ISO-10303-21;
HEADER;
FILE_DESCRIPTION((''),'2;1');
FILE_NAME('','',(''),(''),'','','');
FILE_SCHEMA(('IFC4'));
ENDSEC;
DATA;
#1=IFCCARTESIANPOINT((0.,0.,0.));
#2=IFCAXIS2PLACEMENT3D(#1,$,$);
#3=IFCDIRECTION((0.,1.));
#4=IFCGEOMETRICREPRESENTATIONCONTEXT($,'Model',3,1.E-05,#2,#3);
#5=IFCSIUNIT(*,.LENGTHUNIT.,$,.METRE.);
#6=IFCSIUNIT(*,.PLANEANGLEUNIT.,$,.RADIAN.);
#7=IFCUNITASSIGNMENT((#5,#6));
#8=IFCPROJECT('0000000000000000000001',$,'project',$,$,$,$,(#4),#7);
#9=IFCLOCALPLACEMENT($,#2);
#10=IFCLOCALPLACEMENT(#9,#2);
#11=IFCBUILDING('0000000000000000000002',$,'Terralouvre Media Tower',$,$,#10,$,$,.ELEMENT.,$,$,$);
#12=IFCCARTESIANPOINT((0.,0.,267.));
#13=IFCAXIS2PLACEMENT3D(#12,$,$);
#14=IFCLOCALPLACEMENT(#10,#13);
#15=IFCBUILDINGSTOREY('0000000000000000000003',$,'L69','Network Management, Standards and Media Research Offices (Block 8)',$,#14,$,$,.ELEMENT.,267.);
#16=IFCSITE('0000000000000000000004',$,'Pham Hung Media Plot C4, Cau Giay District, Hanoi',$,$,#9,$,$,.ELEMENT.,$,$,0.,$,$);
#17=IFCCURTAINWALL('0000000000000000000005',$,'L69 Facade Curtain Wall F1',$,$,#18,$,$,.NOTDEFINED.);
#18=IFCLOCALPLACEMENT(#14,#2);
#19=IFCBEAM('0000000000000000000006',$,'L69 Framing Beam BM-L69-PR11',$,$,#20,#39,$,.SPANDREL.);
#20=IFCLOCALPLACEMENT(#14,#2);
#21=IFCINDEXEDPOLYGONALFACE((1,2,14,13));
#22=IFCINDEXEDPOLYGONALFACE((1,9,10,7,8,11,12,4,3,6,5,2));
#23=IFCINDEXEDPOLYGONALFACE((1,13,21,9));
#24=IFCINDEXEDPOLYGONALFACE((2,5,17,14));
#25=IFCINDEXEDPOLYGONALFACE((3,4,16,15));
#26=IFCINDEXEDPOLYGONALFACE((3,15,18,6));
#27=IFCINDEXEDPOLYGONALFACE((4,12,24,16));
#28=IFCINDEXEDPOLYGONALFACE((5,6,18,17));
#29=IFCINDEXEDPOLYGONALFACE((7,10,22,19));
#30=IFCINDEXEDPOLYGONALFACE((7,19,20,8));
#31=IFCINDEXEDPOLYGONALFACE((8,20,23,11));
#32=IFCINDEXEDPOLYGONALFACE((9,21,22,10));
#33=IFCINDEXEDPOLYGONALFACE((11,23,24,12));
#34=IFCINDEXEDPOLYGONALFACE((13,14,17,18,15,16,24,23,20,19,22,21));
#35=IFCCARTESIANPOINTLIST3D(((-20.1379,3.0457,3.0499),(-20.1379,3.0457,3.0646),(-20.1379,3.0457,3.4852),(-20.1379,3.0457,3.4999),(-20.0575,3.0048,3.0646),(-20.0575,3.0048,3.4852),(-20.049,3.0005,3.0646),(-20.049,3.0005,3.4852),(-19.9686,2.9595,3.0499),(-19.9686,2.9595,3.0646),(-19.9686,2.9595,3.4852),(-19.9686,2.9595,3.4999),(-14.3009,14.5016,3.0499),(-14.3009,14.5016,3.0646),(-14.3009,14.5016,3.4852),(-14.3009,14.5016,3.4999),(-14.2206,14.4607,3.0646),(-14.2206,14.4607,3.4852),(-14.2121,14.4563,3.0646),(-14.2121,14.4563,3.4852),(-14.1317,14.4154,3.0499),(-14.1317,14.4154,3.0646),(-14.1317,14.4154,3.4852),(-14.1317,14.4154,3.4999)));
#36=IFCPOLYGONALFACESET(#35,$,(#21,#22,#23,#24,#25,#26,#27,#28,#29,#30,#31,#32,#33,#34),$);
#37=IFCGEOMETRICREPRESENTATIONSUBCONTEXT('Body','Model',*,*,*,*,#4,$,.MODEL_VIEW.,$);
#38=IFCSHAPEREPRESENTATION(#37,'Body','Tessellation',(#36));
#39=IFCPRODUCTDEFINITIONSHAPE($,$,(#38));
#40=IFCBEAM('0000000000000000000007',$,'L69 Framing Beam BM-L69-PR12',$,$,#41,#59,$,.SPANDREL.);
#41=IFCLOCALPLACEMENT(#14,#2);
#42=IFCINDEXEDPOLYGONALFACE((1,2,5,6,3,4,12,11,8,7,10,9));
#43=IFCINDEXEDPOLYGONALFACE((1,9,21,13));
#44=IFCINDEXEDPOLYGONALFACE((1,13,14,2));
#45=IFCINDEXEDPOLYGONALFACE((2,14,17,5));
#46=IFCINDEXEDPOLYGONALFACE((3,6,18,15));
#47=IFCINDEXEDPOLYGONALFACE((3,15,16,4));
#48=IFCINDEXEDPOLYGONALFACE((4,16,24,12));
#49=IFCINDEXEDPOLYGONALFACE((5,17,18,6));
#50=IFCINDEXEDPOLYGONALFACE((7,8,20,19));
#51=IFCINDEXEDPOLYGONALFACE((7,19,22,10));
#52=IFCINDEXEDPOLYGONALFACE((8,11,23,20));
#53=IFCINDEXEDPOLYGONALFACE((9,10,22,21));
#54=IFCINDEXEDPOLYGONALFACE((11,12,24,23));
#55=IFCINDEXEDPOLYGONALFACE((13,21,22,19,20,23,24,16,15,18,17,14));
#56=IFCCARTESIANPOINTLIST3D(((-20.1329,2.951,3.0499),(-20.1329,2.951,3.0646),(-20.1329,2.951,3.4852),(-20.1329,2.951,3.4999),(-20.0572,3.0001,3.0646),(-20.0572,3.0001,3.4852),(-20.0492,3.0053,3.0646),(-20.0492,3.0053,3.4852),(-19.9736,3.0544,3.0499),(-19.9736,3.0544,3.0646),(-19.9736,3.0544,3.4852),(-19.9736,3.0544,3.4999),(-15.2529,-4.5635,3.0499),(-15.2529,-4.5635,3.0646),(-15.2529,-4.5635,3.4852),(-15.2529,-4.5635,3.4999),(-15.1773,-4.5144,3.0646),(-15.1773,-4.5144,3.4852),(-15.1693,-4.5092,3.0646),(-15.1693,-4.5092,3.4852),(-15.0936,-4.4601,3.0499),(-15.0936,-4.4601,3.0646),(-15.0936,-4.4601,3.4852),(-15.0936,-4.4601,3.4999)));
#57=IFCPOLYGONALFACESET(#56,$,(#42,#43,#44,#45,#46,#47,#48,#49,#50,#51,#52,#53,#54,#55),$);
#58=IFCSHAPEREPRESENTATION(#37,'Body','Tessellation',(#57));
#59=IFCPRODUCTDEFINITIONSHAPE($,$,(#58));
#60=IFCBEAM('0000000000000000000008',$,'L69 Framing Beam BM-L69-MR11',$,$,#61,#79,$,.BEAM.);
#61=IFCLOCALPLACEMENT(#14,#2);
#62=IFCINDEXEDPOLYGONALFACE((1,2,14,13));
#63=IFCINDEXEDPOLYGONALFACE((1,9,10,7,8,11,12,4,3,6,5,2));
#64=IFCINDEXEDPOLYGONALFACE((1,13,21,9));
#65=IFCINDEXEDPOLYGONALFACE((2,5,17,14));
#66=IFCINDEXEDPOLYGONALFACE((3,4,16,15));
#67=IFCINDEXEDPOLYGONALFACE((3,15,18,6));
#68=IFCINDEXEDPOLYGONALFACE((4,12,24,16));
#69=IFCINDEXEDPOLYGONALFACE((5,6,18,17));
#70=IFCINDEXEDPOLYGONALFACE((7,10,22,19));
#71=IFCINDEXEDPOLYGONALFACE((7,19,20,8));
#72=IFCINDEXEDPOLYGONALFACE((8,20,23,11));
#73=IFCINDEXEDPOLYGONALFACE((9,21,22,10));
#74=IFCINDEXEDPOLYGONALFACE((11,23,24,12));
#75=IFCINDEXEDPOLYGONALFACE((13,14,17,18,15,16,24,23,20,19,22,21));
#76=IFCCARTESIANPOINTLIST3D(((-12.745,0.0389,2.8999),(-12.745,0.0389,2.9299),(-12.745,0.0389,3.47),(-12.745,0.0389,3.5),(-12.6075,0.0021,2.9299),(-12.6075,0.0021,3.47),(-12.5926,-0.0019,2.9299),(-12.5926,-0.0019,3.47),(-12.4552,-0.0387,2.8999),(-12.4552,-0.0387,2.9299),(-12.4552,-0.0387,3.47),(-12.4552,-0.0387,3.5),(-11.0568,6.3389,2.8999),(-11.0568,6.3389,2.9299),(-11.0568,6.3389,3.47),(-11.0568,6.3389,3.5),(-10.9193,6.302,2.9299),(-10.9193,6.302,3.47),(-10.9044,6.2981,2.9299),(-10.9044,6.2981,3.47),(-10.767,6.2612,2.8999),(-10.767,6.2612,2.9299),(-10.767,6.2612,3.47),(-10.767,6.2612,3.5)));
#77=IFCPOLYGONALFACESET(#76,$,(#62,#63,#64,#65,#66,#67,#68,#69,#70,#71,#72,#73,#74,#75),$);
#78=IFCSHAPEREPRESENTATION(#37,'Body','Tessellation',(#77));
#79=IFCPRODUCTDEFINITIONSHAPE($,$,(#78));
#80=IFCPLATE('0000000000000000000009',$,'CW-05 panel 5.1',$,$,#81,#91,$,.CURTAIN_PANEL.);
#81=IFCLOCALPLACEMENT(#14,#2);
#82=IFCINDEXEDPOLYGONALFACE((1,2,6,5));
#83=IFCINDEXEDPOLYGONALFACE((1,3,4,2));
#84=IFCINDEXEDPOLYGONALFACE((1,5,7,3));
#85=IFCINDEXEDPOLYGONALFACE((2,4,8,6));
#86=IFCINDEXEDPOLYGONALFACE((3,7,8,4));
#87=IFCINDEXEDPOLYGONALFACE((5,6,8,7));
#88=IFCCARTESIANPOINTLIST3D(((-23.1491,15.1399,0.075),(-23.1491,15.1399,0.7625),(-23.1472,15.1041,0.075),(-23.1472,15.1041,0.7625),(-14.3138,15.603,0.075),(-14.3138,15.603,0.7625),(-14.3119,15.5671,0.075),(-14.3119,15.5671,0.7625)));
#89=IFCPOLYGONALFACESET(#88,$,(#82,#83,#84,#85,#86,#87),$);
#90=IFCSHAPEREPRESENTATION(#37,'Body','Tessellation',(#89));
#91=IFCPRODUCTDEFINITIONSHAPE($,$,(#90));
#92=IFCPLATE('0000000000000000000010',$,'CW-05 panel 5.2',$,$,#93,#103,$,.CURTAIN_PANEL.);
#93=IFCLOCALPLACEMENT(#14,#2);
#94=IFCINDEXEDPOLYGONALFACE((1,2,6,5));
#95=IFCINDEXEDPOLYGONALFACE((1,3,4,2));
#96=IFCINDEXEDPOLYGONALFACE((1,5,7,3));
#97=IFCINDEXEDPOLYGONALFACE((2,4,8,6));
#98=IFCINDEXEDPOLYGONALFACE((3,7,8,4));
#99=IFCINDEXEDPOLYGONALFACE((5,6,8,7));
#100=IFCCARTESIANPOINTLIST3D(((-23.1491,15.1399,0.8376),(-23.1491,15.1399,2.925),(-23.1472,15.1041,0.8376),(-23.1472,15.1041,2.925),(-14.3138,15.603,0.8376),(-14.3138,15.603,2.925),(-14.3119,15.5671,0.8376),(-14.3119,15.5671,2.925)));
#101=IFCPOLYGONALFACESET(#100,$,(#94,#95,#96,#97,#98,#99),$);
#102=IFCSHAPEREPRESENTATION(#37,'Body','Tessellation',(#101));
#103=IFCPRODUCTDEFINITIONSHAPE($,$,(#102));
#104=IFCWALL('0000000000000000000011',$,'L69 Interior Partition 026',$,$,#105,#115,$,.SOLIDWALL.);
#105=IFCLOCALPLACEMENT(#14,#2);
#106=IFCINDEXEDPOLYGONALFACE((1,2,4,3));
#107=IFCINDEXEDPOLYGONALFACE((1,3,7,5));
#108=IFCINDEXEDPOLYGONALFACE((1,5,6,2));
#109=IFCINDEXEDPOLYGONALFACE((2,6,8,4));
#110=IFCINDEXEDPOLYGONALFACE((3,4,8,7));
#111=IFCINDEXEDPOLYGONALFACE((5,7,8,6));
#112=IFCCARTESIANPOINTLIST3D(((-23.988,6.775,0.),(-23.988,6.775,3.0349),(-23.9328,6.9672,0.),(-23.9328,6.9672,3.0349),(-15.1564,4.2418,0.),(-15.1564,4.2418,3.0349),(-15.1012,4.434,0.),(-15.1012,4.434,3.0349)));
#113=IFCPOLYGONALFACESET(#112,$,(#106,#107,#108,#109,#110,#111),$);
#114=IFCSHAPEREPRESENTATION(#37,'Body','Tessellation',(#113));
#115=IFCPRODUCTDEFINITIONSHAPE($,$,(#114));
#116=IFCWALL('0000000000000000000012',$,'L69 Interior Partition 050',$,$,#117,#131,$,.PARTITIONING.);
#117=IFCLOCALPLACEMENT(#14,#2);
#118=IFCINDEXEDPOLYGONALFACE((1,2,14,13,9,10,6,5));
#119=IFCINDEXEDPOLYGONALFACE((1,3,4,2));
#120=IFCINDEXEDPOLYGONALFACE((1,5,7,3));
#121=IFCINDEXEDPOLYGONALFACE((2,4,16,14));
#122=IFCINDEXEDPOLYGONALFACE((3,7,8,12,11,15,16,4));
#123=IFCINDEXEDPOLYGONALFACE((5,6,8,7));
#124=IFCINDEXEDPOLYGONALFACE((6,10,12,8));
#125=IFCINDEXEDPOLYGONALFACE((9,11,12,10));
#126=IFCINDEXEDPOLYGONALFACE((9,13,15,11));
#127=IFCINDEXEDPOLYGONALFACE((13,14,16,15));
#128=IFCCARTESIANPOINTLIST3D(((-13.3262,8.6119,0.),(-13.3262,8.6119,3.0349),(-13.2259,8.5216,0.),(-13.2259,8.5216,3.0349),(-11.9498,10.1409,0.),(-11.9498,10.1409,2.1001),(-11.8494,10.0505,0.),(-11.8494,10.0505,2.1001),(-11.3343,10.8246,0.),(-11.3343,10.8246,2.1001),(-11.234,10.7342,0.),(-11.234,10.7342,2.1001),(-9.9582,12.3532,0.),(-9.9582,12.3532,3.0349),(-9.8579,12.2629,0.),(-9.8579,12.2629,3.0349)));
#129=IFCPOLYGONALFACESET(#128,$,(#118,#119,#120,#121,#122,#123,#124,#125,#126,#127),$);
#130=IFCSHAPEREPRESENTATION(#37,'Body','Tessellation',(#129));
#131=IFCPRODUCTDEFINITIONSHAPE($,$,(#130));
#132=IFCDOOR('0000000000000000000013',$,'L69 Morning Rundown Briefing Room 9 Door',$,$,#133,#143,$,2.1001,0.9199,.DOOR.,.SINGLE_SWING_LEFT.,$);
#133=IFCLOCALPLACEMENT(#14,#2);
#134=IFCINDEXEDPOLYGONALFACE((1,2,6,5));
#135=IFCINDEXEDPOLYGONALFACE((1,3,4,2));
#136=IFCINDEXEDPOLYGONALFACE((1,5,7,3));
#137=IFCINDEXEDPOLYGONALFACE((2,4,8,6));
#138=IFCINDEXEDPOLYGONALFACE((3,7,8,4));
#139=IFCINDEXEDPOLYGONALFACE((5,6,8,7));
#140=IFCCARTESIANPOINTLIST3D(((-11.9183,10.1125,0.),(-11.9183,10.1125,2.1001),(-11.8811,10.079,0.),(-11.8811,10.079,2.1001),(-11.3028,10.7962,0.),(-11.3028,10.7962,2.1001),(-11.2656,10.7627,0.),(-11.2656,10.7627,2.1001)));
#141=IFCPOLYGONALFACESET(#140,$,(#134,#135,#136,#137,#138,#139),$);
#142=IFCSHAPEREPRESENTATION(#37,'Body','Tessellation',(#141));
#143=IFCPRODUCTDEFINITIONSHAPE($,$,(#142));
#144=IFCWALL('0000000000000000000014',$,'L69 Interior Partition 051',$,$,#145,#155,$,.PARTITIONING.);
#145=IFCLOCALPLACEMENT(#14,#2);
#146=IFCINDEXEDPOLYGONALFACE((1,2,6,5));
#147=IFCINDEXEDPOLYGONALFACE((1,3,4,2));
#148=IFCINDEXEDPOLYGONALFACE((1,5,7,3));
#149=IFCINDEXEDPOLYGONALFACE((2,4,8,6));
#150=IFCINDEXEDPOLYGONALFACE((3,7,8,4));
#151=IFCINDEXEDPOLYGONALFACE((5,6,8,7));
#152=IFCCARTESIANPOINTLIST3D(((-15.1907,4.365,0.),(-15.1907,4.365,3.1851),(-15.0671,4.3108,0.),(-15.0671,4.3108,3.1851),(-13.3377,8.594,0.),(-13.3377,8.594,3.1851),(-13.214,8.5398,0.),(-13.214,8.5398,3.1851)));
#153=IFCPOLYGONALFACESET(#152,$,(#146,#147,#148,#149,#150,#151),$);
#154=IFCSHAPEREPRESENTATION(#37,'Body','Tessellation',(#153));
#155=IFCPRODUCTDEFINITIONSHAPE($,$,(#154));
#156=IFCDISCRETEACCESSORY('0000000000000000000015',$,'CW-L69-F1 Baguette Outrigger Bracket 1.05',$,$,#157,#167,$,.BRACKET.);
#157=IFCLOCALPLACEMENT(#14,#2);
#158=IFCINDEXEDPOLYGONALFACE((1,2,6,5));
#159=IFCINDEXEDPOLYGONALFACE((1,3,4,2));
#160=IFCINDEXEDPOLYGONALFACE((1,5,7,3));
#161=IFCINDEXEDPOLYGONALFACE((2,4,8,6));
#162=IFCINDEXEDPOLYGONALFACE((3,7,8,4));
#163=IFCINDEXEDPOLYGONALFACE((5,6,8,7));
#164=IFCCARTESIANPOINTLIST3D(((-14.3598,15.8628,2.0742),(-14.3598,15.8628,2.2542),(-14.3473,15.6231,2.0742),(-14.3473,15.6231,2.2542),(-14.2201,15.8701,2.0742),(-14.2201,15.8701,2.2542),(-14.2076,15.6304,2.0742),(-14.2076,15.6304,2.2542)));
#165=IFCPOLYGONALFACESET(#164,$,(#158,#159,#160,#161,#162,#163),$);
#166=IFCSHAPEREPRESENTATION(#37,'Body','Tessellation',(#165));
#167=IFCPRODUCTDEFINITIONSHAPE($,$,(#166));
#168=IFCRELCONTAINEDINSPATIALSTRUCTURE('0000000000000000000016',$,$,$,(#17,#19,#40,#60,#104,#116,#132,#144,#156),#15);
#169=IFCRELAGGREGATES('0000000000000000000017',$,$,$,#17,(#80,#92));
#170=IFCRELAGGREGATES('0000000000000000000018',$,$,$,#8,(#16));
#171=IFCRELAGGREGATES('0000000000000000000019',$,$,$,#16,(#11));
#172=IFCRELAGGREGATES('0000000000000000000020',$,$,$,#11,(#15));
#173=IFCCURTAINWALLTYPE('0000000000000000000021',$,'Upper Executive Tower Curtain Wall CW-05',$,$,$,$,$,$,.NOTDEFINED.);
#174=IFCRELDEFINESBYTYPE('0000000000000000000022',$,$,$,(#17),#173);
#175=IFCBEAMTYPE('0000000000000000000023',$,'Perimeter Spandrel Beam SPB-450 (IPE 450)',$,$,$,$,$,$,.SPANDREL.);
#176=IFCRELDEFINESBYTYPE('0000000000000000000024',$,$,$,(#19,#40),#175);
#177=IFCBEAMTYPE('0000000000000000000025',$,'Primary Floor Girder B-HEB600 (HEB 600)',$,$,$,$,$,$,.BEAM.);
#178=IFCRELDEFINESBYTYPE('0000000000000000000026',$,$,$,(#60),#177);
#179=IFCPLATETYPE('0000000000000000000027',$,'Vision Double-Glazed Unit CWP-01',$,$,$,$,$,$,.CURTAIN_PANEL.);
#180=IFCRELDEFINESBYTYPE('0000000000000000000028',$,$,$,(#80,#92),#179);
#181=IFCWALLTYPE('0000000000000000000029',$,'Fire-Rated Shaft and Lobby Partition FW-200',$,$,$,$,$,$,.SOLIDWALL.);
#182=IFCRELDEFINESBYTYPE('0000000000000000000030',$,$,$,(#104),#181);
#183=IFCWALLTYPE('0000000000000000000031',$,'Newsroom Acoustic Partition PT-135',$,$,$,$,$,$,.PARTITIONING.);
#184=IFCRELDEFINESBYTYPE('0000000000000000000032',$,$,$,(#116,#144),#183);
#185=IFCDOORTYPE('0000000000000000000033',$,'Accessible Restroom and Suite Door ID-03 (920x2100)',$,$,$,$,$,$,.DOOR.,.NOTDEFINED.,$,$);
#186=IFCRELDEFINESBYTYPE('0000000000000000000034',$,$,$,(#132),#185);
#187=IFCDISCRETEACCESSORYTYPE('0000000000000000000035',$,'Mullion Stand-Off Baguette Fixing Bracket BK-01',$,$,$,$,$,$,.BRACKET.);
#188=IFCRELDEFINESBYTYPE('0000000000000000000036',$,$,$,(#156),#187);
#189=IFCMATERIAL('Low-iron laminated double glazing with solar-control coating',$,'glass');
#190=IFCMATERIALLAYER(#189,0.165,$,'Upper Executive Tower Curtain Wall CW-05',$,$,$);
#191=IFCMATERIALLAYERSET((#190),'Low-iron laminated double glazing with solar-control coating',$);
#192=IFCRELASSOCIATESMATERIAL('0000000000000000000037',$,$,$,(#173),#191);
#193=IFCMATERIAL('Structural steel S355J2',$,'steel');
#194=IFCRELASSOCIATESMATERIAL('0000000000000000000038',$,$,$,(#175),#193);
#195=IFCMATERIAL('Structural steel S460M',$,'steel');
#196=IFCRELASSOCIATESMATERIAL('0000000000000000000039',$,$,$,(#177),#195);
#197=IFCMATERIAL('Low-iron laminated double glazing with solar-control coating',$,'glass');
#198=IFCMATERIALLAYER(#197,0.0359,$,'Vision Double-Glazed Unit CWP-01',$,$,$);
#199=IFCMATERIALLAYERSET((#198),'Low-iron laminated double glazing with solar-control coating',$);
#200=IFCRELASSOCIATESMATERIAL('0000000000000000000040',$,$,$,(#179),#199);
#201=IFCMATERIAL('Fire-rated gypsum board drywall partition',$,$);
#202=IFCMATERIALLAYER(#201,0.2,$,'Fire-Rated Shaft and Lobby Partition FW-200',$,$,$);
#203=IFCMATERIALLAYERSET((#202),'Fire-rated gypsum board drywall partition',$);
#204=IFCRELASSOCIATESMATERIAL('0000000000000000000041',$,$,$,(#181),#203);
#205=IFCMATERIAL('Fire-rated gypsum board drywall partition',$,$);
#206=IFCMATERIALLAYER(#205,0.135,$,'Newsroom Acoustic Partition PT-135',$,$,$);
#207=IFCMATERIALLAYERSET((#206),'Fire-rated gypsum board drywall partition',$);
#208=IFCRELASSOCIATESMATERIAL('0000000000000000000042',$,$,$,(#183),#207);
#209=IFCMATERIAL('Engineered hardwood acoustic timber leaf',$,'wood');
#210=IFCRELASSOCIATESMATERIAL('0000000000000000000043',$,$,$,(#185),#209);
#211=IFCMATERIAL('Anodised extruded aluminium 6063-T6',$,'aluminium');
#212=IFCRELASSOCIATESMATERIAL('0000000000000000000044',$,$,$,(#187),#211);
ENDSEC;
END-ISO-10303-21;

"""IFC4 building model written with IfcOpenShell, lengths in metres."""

from ifc_helpers import new_model, si_unit, direction, frame, frame_2d, origin, origin_2d, place, context, subcontext, project, spatial, rectangle, i_section, extrude, material, layer, layer_set, material_profile, profile_set, type_object, element, fill, aggregate, save


model = new_model("IFC4")

# Units and contexts
model_context = context("Model", 3, precision=1e-05, world=origin(), true_north=direction((0.0, 1.0)))
body_context = subcontext(model_context, "Body", "Model", "MODEL_VIEW")
ifc_project = project(units=[si_unit("LENGTHUNIT", "METRE"), si_unit("PLANEANGLEUNIT", "RADIAN")], contexts=[model_context])

# Site, building, storey
site_placement = place(None, origin())
site = spatial("IfcSite", under=ifc_project, at=site_placement, Name="Pham Hung Media Plot C4, Cau Giay District, Hanoi", CompositionType="ELEMENT", RefElevation=0.0)
building_placement = place(site_placement, origin())
building = spatial("IfcBuilding", under=site, at=building_placement, Name="Terralouvre Media Tower", CompositionType="ELEMENT")
storey_placement = place(building_placement, frame((0.0, 0.0, 267.0)))
storey = spatial("IfcBuildingStorey", under=building, at=storey_placement, Name="L69", Description="Network Management, Standards and Media Research Offices (Block 8)", CompositionType="ELEMENT", Elevation=267.0)

# Curtain wall
ifc_material_1 = material(Name="Low-iron laminated double glazing with solar-control coating", Category="glass")
ifc_layer_1 = layer(ifc_material_1, 0.165, Name="Upper Executive Tower Curtain Wall CW-05")
ifc_layer_set_1 = layer_set([ifc_layer_1], Name="Low-iron laminated double glazing with solar-control coating")
curtain_wall_type = type_object("IfcCurtainWallType", Name="Upper Executive Tower Curtain Wall CW-05", PredefinedType="NOTDEFINED", material=ifc_layer_set_1)
curtain_wall_1_placement = place(storey_placement, origin())
curtain_wall_1 = element("IfcCurtainWall", 1, at=curtain_wall_1_placement, inside=storey, type_object=curtain_wall_type, Name="L69 Facade Curtain Wall F1", PredefinedType="NOTDEFINED")

# Beams
ifc_material_2 = material(Name="Structural steel S355J2", Category="steel")
ifc_material_profile_1 = material_profile(ifc_material_2, i_section(OverallWidth=0.1899, OverallDepth=0.45, WebThickness=0.0095, FlangeThickness=0.0146, at=origin_2d()), Name="IPE 450")
ifc_profile_set_1 = profile_set([ifc_material_profile_1], Name="Structural steel S355J2")
beam_type_1 = type_object("IfcBeamType", Name="Perimeter Spandrel Beam SPB-450 (IPE 450)", PredefinedType="SPANDREL", material=ifc_profile_set_1)
beam_1_placement = place(storey_placement, frame((-14.2163, 14.4585, 3.2749), z_axis=(-0.453984, -0.89101, 0.0), x_axis=(0.89101, -0.453984, 0.0)))
element("IfcBeam", 2, at=beam_1_placement, inside=storey, type_object=beam_type_1, Name="L69 Framing Beam BM-L69-PR11", PredefinedType="SPANDREL", context=body_context, shape_type="SweptSolid", body=[
    extrude(i_section(OverallWidth=0.1899, OverallDepth=0.45, WebThickness=0.0095, FlangeThickness=0.0146, at=origin_2d()), origin(), (0.0, 0.0, 1.0), 12.8572),
])
beam_2_placement = place(storey_placement, frame((-20.0532, 3.0027, 3.2749), z_axis=(0.544637, -0.838672, 0.0), x_axis=(0.838672, 0.544637, 0.0)))
element("IfcBeam", 3, at=beam_2_placement, inside=storey, type_object=beam_type_1, Name="L69 Framing Beam BM-L69-PR12", PredefinedType="SPANDREL", context=body_context, shape_type="SweptSolid", body=[
    extrude(i_section(OverallWidth=0.1899, OverallDepth=0.45, WebThickness=0.0095, FlangeThickness=0.0146, at=origin_2d()), origin(), (0.0, 0.0, 1.0), 8.96),
])
ifc_material_3 = material(Name="Structural steel S460M", Category="steel")
ifc_material_profile_2 = material_profile(ifc_material_3, i_section(OverallWidth=0.3, OverallDepth=0.6001, WebThickness=0.0154, FlangeThickness=0.03, at=origin_2d()), Name="HEB 600")
ifc_profile_set_2 = profile_set([ifc_material_profile_2], Name="Structural steel S460M")
beam_type_2 = type_object("IfcBeamType", Name="Primary Floor Girder B-HEB600 (HEB 600)", PredefinedType="BEAM", material=ifc_profile_set_2)
beam_3_placement = place(storey_placement, frame((-10.9119, 6.3, 3.2), z_axis=(-0.258839, -0.96592, 0.0), x_axis=(0.96592, -0.258839, 0.0)))
element("IfcBeam", 4, at=beam_3_placement, inside=storey, type_object=beam_type_2, Name="L69 Framing Beam BM-L69-MR11", PredefinedType="BEAM", context=body_context, shape_type="SweptSolid", body=[
    extrude(i_section(OverallWidth=0.3, OverallDepth=0.6001, WebThickness=0.0154, FlangeThickness=0.03, at=origin_2d()), origin(), (0.0, 0.0, 1.0), 6.5222),
])

# Plates
ifc_material_4 = material(Name="Low-iron laminated double glazing with solar-control coating", Category="glass")
ifc_layer_2 = layer(ifc_material_4, 0.0359, Name="Vision Double-Glazed Unit CWP-01")
ifc_layer_set_2 = layer_set([ifc_layer_2], Name="Low-iron laminated double glazing with solar-control coating")
plate_type = type_object("IfcPlateType", Name="Vision Double-Glazed Unit CWP-01", PredefinedType="CURTAIN_PANEL", material=ifc_layer_set_2)
plate_1_placement = place(storey_placement, frame((-18.7305, 15.3535, 0.075), z_axis=(0.0, 0.0, 1.0), x_axis=(-0.99863, -0.052336, 0.0)))
plate_1 = element("IfcPlate", 5, at=plate_1_placement, type_object=plate_type, Name="CW-05 panel 5.1", PredefinedType="CURTAIN_PANEL", context=body_context, shape_type="SweptSolid", body=[
    extrude(rectangle(XDim=8.8474, YDim=0.0359, at=origin_2d()), origin(), (0.0, 0.0, 1.0), 0.6875),
])
plate_2_placement = place(storey_placement, frame((-18.7305, 15.3535, 0.8376), z_axis=(0.0, 0.0, 1.0), x_axis=(-0.99863, -0.052336, 0.0)))
plate_2 = element("IfcPlate", 6, at=plate_2_placement, type_object=plate_type, Name="CW-05 panel 5.2", PredefinedType="CURTAIN_PANEL", context=body_context, shape_type="SweptSolid", body=[
    extrude(rectangle(XDim=8.8474, YDim=0.0359, at=origin_2d()), origin(), (0.0, 0.0, 1.0), 2.0874),
])
aggregate(curtain_wall_1, [plate_1, plate_2])

# Wall
ifc_material_5 = material(Name="Fire-rated gypsum board drywall partition")
ifc_layer_3 = layer(ifc_material_5, 0.2, Name="Fire-Rated Shaft and Lobby Partition FW-200")
ifc_layer_set_3 = layer_set([ifc_layer_3], Name="Fire-rated gypsum board drywall partition")
wall_type_1 = type_object("IfcWallType", Name="Fire-Rated Shaft and Lobby Partition FW-200", PredefinedType="SOLIDWALL", material=ifc_layer_set_3)
wall_1_placement = place(storey_placement, frame((-15.1289, 4.3379, 0.0), z_axis=(0.0, 0.0, 1.0), x_axis=(-0.961239, 0.275718, 0.0)))
element("IfcWall", 7, at=wall_1_placement, inside=storey, type_object=wall_type_1, Name="L69 Interior Partition 026", PredefinedType="SOLIDWALL", context=body_context, shape_type="SweptSolid", body=[
    extrude(rectangle(XDim=9.1877, YDim=0.2, at=frame_2d((4.5938, 0.0))), origin(), (0.0, 0.0, 1.0), 3.0349),
])

# Wall, opening, door
ifc_material_6 = material(Name="Fire-rated gypsum board drywall partition")
ifc_layer_4 = layer(ifc_material_6, 0.135, Name="Newsroom Acoustic Partition PT-135")
ifc_layer_set_4 = layer_set([ifc_layer_4], Name="Fire-rated gypsum board drywall partition")
wall_type_2 = type_object("IfcWallType", Name="Newsroom Acoustic Partition PT-135", PredefinedType="PARTITIONING", material=ifc_layer_set_4)
wall_2_placement = place(storey_placement, frame((-9.908, 12.3081, 0.0), z_axis=(0.0, 0.0, 1.0), x_axis=(-0.669056, -0.743212, 0.0)))
wall_2 = element("IfcWall", 8, at=wall_2_placement, inside=storey, type_object=wall_type_2, Name="L69 Interior Partition 050", PredefinedType="PARTITIONING", context=body_context, shape_type="SweptSolid", body=[
    extrude(rectangle(XDim=5.0339, YDim=0.135, at=frame_2d((2.5171, 0.0))), origin(), (0.0, 0.0, 1.0), 3.0349),
])
opening_placement = place(wall_2_placement, frame((2.0569, 0.0, 0.0)))
opening = element("IfcOpeningElement", 9, at=opening_placement, cuts=wall_2, PredefinedType="OPENING", context=body_context, shape_type="SweptSolid", body=[
    extrude(rectangle(XDim=0.9199, YDim=2.1001, at=frame_2d((0.46, 1.05))), frame((0.0, 0.0774, 0.0), z_axis=(0.0, -1.0, 0.0), x_axis=(1.0, 0.0, 0.0)), (0.0, 0.0, 1.0), 0.155),
])
ifc_material_7 = material(Name="Engineered hardwood acoustic timber leaf", Category="wood")
door_type = type_object("IfcDoorType", Name="Accessible Restroom and Suite Door ID-03 (920x2100)", OperationType="NOTDEFINED", PredefinedType="DOOR", material=ifc_material_7)
door_placement = place(opening_placement, origin())
door = element("IfcDoor", 10, at=door_placement, inside=storey, type_object=door_type, Name="L69 Morning Rundown Briefing Room 9 Door", OperationType="SINGLE_SWING_LEFT", OverallHeight=2.1001, OverallWidth=0.9199, PredefinedType="DOOR", context=body_context, shape_type="SweptSolid", body=[
    extrude(rectangle(XDim=0.9199, YDim=2.1001, at=frame_2d((0.46, 1.05))), frame((0.0, 0.0249, 0.0), z_axis=(0.0, -1.0, 0.0), x_axis=(1.0, 0.0, 0.0)), (0.0, 0.0, 1.0), 0.05),
])
fill(opening, door)

# Wall
wall_3_placement = place(storey_placement, frame((-13.2759, 8.5669, 0.0), z_axis=(0.0, 0.0, 1.0), x_axis=(-0.401335, -0.915931, 0.0)))
element("IfcWall", 11, at=wall_3_placement, inside=storey, type_object=wall_type_2, Name="L69 Interior Partition 051", PredefinedType="PARTITIONING", context=body_context, shape_type="SweptSolid", body=[
    extrude(rectangle(XDim=4.6172, YDim=0.135, at=frame_2d((2.3086, 0.0))), origin(), (0.0, 0.0, 1.0), 3.1851),
])

# Discrete accessory
ifc_material_8 = material(Name="Anodised extruded aluminium 6063-T6", Category="aluminium")
discrete_accessory_type = type_object("IfcDiscreteAccessoryType", Name="Mullion Stand-Off Baguette Fixing Bracket BK-01", PredefinedType="BRACKET", material=ifc_material_8)
discrete_accessory_placement = place(storey_placement, frame((-14.2837, 15.7466, 2.0742), z_axis=(0.0, 0.0, 1.0), x_axis=(-0.99863, -0.052336, 0.0)))
element("IfcDiscreteAccessory", 12, at=discrete_accessory_placement, inside=storey, type_object=discrete_accessory_type, Name="CW-L69-F1 Baguette Outrigger Bracket 1.05", PredefinedType="BRACKET", context=body_context, shape_type="SweptSolid", body=[
    extrude(rectangle(XDim=0.1399, YDim=0.24, at=origin_2d()), origin(), (0.0, 0.0, 1.0), 0.1799),
])

save(model, "model.ifc")
